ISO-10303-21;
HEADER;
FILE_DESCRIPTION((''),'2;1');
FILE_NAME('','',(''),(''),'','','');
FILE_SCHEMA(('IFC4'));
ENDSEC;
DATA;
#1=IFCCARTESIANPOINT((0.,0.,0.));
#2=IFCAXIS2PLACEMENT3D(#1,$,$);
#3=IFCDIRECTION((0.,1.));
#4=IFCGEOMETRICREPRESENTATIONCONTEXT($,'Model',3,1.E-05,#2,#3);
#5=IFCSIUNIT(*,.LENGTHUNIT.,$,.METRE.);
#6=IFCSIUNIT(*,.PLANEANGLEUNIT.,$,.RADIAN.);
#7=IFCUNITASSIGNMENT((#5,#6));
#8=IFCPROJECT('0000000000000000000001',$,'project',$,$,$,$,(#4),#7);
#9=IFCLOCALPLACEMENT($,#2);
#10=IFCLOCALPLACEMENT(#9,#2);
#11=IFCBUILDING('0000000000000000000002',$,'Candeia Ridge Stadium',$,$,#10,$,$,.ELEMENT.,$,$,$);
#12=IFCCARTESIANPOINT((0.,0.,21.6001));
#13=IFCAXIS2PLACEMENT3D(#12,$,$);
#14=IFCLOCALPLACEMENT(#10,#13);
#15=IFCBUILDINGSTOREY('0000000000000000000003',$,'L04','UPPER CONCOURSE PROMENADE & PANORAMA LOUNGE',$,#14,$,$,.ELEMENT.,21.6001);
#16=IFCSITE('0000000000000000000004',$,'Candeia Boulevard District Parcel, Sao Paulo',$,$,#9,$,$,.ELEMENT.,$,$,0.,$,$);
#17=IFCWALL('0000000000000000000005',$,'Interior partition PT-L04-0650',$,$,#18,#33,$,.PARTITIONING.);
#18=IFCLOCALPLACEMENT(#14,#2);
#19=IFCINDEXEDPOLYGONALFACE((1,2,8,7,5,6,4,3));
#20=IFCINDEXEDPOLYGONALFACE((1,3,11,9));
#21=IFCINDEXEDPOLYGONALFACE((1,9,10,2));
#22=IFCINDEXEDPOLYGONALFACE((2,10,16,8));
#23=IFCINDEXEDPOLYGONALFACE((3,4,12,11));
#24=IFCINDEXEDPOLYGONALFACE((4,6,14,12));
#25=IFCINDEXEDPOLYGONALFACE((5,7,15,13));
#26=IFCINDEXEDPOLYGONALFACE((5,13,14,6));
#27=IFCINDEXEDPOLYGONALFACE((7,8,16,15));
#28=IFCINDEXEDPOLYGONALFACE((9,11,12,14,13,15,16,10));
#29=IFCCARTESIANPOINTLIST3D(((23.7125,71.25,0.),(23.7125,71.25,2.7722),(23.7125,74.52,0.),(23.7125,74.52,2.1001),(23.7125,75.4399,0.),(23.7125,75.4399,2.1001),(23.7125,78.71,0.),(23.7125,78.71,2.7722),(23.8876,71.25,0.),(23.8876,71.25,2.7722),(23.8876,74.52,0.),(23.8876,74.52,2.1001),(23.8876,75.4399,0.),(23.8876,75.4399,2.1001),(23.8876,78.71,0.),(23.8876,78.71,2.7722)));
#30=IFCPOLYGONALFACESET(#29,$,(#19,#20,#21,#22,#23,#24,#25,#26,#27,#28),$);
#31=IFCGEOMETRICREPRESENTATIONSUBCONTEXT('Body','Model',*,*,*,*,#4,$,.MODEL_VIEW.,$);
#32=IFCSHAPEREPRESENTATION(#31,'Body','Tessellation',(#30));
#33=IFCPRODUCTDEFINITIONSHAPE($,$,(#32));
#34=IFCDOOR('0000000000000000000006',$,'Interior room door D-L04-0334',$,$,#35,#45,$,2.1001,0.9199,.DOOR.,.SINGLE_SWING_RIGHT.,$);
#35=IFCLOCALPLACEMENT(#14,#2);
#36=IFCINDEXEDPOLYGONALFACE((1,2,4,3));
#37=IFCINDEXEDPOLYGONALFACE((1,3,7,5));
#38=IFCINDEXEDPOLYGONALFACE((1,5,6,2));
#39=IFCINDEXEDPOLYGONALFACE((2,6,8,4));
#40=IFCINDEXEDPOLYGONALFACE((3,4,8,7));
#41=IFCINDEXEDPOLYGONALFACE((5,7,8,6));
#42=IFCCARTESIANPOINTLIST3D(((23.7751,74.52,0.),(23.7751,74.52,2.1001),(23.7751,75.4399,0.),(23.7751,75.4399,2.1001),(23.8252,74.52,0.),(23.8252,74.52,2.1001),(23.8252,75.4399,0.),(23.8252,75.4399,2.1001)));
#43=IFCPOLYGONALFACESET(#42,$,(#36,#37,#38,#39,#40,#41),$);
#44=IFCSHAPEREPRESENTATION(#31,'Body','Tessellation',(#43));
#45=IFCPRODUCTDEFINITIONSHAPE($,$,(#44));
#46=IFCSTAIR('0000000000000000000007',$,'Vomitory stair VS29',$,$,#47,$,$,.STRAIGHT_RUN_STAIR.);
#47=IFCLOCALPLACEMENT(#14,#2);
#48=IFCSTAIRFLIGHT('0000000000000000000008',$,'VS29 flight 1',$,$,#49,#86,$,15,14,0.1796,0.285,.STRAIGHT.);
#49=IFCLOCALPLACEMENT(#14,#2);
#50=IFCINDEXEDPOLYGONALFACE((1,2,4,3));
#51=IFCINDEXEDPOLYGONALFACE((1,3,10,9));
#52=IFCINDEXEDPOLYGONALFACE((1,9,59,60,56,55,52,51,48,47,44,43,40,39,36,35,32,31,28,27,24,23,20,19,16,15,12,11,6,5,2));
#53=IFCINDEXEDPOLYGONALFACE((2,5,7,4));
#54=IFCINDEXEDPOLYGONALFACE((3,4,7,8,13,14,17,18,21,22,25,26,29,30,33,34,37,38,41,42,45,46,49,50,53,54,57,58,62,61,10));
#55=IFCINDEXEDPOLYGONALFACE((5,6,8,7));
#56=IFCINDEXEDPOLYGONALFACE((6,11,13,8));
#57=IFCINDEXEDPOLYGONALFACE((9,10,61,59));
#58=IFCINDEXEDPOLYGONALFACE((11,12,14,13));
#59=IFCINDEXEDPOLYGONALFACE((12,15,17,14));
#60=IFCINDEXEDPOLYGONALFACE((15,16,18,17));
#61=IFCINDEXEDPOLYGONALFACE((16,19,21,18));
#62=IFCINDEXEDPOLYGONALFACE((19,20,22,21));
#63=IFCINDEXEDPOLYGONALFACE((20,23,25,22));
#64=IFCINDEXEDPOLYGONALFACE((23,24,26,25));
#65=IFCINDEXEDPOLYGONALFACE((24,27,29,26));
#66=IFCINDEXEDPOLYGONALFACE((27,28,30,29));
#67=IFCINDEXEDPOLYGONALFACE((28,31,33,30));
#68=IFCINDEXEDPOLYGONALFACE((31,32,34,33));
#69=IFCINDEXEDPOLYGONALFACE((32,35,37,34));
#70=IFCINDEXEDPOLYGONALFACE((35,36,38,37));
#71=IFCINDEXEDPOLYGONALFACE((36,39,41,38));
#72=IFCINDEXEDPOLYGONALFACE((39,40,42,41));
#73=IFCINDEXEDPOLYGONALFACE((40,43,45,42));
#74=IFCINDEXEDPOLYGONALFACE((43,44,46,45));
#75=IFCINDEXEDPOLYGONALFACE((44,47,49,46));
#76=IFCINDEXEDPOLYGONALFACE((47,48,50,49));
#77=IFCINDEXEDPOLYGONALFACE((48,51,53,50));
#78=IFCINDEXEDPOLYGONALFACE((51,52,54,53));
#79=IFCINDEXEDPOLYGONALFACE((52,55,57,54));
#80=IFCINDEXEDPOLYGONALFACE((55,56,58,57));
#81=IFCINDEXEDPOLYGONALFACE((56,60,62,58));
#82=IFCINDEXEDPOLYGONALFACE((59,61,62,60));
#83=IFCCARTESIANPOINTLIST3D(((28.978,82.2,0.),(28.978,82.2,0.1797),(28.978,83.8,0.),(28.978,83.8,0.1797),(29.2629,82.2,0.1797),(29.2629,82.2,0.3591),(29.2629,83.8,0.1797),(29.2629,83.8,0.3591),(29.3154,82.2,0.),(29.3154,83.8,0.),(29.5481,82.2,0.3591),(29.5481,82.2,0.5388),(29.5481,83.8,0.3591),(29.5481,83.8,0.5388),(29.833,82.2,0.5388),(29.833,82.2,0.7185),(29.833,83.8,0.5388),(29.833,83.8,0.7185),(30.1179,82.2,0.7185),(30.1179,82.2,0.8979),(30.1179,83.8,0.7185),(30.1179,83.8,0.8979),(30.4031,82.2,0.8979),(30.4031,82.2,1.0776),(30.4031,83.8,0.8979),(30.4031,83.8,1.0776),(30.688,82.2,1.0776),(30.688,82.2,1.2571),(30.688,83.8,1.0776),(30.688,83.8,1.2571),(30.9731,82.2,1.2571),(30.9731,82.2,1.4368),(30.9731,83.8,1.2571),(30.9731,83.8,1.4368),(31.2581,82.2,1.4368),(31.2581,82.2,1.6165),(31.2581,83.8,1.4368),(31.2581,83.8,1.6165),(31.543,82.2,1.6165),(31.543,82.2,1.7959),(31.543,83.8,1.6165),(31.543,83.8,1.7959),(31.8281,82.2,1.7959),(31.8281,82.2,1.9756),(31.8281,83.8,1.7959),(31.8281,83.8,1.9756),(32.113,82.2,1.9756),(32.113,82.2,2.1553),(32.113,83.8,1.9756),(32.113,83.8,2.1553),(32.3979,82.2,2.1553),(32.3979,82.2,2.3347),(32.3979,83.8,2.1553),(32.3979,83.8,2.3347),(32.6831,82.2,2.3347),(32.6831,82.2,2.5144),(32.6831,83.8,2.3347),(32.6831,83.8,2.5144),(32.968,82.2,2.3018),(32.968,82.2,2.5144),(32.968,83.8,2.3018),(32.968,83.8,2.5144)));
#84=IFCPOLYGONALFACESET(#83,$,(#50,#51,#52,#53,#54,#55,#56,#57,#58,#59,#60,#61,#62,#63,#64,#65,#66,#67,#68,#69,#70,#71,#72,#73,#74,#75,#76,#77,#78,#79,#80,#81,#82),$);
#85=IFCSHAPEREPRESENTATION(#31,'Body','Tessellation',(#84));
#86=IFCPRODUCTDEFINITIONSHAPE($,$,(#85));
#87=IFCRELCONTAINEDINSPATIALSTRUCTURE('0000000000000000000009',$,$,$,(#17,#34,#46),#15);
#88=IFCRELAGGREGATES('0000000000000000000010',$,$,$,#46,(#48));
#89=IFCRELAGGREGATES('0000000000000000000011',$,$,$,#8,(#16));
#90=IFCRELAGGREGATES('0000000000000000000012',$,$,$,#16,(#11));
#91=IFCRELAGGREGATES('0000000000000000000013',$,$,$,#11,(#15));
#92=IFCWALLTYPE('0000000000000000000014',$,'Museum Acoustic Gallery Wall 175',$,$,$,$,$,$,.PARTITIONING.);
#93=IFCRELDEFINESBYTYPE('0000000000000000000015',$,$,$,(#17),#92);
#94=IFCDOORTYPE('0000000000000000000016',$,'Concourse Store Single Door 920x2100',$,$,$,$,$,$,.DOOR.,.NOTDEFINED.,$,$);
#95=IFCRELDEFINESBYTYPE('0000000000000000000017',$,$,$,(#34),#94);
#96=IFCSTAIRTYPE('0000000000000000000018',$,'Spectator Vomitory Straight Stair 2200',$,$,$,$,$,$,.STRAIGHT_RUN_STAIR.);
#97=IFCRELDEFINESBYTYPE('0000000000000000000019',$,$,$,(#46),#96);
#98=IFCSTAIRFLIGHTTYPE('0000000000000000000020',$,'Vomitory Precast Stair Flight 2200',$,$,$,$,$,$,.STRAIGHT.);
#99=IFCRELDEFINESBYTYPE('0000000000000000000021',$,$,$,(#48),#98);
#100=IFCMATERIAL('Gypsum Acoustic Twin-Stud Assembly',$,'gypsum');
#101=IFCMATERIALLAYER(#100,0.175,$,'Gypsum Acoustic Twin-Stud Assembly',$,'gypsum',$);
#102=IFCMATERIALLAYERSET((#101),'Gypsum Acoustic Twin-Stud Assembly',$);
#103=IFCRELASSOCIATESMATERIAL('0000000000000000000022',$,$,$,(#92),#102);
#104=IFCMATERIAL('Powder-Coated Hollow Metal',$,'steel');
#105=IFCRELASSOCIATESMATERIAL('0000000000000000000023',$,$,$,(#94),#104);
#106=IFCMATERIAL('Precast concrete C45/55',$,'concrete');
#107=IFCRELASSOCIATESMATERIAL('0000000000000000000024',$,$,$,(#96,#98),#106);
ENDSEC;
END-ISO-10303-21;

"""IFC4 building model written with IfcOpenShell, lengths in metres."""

from ifc_helpers import new_model, si_unit, direction, frame, frame_2d, origin, place, context, subcontext, project, spatial, polyline, rectangle, outline, extrude, material, layer, layer_set, type_object, element, fill, aggregate, save


model = new_model("IFC4")

# Units and contexts
model_context = context("Model", 3, precision=1e-05, world=origin(), true_north=direction((0.0, 1.0)))
body_context = subcontext(model_context, "Body", "Model", "MODEL_VIEW")
ifc_project = project(units=[si_unit("LENGTHUNIT", "METRE"), si_unit("PLANEANGLEUNIT", "RADIAN")], contexts=[model_context])

# Site, building, storey
site_placement = place(None, origin())
site = spatial("IfcSite", under=ifc_project, at=site_placement, Name="Candeia Boulevard District Parcel, Sao Paulo", CompositionType="ELEMENT", RefElevation=0.0)
building_placement = place(site_placement, origin())
building = spatial("IfcBuilding", under=site, at=building_placement, Name="Candeia Ridge Stadium", CompositionType="ELEMENT")
storey_placement = place(building_placement, frame((0.0, 0.0, 21.6001)))
storey = spatial("IfcBuildingStorey", under=building, at=storey_placement, Name="L04", Description="UPPER CONCOURSE PROMENADE & PANORAMA LOUNGE", CompositionType="ELEMENT", Elevation=21.6001)

# Shared definitions
ifc_material_1 = material(Name="Gypsum Acoustic Twin-Stud Assembly", Category="gypsum")

# Wall, opening, door
ifc_layer_1 = layer(ifc_material_1, 0.175, Name="Gypsum Acoustic Twin-Stud Assembly", Category="gypsum")
ifc_layer_set_1 = layer_set([ifc_layer_1], Name="Gypsum Acoustic Twin-Stud Assembly")
wall_type_1 = type_object("IfcWallType", Name="Museum Acoustic Gallery Wall 175", PredefinedType="PARTITIONING", material=ifc_layer_set_1)
wall_1_placement = place(storey_placement, frame((23.8, 78.71, 0.0), z_axis=(0.0, 0.0, 1.0), x_axis=(0.0, -1.0, 0.0)))
wall_1 = element("IfcWall", 1, at=wall_1_placement, inside=storey, type_object=wall_type_1, Name="Interior partition PT-L04-0650", PredefinedType="PARTITIONING", context=body_context, shape_type="SweptSolid", body=[
    extrude(rectangle(XDim=7.46, YDim=0.175, at=frame_2d((3.73, 0.0))), origin(), (0.0, 0.0, 1.0), 2.7722),
])
opening_1_placement = place(wall_1_placement, frame((3.27, 0.0, 0.0)))
opening_1 = element("IfcOpeningElement", 2, at=opening_1_placement, cuts=wall_1, PredefinedType="OPENING", context=body_context, shape_type="SweptSolid", body=[
    extrude(rectangle(XDim=0.9199, YDim=2.1001, at=frame_2d((0.46, 1.05))), frame((0.0, 0.0974, 0.0), z_axis=(0.0, -1.0, 0.0), x_axis=(1.0, 0.0, 0.0)), (0.0, 0.0, 1.0), 0.1951),
])
ifc_material_2 = material(Name="Powder-Coated Hollow Metal", Category="steel")
door_type_1 = type_object("IfcDoorType", Name="Concourse Store Single Door 920x2100", OperationType="NOTDEFINED", PredefinedType="DOOR", material=ifc_material_2)
door_1_placement = place(opening_1_placement, frame((0.9199, 0.0, 0.0), z_axis=(0.0, 0.0, 1.0), x_axis=(-1.0, 0.0, 0.0)))
door_1 = element("IfcDoor", 3, at=door_1_placement, inside=storey, type_object=door_type_1, Name="Interior room door D-L04-0334", OperationType="SINGLE_SWING_RIGHT", OverallHeight=2.1001, OverallWidth=0.9199, PredefinedType="DOOR", context=body_context, shape_type="SweptSolid", body=[
    extrude(rectangle(XDim=0.9199, YDim=2.1001, at=frame_2d((0.46, 1.05))), frame((0.0, 0.0249, 0.0), z_axis=(0.0, -1.0, 0.0), x_axis=(1.0, 0.0, 0.0)), (0.0, 0.0, 1.0), 0.05),
])
fill(opening_1, door_1)

# Stair, stair flight
ifc_material_3 = material(Name="Precast concrete C45/55", Category="concrete")
stair_type = type_object("IfcStairType", Name="Spectator Vomitory Straight Stair 2200", PredefinedType="STRAIGHT_RUN_STAIR", material=ifc_material_3)
stair_placement = place(storey_placement, origin())
stair = element("IfcStair", 4, at=stair_placement, inside=storey, type_object=stair_type, Name="Vomitory stair VS29", PredefinedType="STRAIGHT_RUN_STAIR")
stair_flight_type = type_object("IfcStairFlightType", Name="Vomitory Precast Stair Flight 2200", PredefinedType="STRAIGHT", material=ifc_material_3)
stair_flight_placement = place(storey_placement, frame((28.978, 83.0, 0.0), z_axis=(0.0, 0.0, 1.0), x_axis=(1.0, 0.0, 0.0)))
stair_flight = element("IfcStairFlight", 5, at=stair_flight_placement, type_object=stair_flight_type, Name="VS29 flight 1", NumberOfRisers=15, NumberOfTreads=14, PredefinedType="STRAIGHT", RiserHeight=0.1796, TreadLength=0.285, context=body_context, shape_type="SweptSolid", body=[
    extrude(outline(polyline([(0.0, 0.0), (0.0, 0.1797), (0.2849, 0.1797), (0.2849, 0.3591), (0.5701, 0.3591), (0.5701, 0.5388), (0.855, 0.5388), (0.855, 0.7185), (1.1399, 0.7185), (1.1399, 0.8979), (1.425, 0.8979), (1.425, 1.0776), (1.71, 1.0776), (1.71, 1.2571), (1.9951, 1.2571), (1.9951, 1.4368), (2.28, 1.4368), (2.28, 1.6165), (2.5649, 1.6165), (2.5649, 1.7959), (2.8501, 1.7959), (2.8501, 1.9756), (3.135, 1.9756), (3.135, 2.1553), (3.4199, 2.1553), (3.4199, 2.3347), (3.7051, 2.3347), (3.7051, 2.5144), (3.99, 2.5144), (3.99, 2.6941), (3.99, 2.3018), (0.3374, 0.0), (0.0, 0.0)])), frame((0.0, 0.8, 0.0), z_axis=(0.0, -1.0, 0.0), x_axis=(1.0, 0.0, 0.0)), (0.0, 0.0, 1.0), 1.6001),
])
aggregate(stair, [stair_flight])

save(model, "model.ifc")
